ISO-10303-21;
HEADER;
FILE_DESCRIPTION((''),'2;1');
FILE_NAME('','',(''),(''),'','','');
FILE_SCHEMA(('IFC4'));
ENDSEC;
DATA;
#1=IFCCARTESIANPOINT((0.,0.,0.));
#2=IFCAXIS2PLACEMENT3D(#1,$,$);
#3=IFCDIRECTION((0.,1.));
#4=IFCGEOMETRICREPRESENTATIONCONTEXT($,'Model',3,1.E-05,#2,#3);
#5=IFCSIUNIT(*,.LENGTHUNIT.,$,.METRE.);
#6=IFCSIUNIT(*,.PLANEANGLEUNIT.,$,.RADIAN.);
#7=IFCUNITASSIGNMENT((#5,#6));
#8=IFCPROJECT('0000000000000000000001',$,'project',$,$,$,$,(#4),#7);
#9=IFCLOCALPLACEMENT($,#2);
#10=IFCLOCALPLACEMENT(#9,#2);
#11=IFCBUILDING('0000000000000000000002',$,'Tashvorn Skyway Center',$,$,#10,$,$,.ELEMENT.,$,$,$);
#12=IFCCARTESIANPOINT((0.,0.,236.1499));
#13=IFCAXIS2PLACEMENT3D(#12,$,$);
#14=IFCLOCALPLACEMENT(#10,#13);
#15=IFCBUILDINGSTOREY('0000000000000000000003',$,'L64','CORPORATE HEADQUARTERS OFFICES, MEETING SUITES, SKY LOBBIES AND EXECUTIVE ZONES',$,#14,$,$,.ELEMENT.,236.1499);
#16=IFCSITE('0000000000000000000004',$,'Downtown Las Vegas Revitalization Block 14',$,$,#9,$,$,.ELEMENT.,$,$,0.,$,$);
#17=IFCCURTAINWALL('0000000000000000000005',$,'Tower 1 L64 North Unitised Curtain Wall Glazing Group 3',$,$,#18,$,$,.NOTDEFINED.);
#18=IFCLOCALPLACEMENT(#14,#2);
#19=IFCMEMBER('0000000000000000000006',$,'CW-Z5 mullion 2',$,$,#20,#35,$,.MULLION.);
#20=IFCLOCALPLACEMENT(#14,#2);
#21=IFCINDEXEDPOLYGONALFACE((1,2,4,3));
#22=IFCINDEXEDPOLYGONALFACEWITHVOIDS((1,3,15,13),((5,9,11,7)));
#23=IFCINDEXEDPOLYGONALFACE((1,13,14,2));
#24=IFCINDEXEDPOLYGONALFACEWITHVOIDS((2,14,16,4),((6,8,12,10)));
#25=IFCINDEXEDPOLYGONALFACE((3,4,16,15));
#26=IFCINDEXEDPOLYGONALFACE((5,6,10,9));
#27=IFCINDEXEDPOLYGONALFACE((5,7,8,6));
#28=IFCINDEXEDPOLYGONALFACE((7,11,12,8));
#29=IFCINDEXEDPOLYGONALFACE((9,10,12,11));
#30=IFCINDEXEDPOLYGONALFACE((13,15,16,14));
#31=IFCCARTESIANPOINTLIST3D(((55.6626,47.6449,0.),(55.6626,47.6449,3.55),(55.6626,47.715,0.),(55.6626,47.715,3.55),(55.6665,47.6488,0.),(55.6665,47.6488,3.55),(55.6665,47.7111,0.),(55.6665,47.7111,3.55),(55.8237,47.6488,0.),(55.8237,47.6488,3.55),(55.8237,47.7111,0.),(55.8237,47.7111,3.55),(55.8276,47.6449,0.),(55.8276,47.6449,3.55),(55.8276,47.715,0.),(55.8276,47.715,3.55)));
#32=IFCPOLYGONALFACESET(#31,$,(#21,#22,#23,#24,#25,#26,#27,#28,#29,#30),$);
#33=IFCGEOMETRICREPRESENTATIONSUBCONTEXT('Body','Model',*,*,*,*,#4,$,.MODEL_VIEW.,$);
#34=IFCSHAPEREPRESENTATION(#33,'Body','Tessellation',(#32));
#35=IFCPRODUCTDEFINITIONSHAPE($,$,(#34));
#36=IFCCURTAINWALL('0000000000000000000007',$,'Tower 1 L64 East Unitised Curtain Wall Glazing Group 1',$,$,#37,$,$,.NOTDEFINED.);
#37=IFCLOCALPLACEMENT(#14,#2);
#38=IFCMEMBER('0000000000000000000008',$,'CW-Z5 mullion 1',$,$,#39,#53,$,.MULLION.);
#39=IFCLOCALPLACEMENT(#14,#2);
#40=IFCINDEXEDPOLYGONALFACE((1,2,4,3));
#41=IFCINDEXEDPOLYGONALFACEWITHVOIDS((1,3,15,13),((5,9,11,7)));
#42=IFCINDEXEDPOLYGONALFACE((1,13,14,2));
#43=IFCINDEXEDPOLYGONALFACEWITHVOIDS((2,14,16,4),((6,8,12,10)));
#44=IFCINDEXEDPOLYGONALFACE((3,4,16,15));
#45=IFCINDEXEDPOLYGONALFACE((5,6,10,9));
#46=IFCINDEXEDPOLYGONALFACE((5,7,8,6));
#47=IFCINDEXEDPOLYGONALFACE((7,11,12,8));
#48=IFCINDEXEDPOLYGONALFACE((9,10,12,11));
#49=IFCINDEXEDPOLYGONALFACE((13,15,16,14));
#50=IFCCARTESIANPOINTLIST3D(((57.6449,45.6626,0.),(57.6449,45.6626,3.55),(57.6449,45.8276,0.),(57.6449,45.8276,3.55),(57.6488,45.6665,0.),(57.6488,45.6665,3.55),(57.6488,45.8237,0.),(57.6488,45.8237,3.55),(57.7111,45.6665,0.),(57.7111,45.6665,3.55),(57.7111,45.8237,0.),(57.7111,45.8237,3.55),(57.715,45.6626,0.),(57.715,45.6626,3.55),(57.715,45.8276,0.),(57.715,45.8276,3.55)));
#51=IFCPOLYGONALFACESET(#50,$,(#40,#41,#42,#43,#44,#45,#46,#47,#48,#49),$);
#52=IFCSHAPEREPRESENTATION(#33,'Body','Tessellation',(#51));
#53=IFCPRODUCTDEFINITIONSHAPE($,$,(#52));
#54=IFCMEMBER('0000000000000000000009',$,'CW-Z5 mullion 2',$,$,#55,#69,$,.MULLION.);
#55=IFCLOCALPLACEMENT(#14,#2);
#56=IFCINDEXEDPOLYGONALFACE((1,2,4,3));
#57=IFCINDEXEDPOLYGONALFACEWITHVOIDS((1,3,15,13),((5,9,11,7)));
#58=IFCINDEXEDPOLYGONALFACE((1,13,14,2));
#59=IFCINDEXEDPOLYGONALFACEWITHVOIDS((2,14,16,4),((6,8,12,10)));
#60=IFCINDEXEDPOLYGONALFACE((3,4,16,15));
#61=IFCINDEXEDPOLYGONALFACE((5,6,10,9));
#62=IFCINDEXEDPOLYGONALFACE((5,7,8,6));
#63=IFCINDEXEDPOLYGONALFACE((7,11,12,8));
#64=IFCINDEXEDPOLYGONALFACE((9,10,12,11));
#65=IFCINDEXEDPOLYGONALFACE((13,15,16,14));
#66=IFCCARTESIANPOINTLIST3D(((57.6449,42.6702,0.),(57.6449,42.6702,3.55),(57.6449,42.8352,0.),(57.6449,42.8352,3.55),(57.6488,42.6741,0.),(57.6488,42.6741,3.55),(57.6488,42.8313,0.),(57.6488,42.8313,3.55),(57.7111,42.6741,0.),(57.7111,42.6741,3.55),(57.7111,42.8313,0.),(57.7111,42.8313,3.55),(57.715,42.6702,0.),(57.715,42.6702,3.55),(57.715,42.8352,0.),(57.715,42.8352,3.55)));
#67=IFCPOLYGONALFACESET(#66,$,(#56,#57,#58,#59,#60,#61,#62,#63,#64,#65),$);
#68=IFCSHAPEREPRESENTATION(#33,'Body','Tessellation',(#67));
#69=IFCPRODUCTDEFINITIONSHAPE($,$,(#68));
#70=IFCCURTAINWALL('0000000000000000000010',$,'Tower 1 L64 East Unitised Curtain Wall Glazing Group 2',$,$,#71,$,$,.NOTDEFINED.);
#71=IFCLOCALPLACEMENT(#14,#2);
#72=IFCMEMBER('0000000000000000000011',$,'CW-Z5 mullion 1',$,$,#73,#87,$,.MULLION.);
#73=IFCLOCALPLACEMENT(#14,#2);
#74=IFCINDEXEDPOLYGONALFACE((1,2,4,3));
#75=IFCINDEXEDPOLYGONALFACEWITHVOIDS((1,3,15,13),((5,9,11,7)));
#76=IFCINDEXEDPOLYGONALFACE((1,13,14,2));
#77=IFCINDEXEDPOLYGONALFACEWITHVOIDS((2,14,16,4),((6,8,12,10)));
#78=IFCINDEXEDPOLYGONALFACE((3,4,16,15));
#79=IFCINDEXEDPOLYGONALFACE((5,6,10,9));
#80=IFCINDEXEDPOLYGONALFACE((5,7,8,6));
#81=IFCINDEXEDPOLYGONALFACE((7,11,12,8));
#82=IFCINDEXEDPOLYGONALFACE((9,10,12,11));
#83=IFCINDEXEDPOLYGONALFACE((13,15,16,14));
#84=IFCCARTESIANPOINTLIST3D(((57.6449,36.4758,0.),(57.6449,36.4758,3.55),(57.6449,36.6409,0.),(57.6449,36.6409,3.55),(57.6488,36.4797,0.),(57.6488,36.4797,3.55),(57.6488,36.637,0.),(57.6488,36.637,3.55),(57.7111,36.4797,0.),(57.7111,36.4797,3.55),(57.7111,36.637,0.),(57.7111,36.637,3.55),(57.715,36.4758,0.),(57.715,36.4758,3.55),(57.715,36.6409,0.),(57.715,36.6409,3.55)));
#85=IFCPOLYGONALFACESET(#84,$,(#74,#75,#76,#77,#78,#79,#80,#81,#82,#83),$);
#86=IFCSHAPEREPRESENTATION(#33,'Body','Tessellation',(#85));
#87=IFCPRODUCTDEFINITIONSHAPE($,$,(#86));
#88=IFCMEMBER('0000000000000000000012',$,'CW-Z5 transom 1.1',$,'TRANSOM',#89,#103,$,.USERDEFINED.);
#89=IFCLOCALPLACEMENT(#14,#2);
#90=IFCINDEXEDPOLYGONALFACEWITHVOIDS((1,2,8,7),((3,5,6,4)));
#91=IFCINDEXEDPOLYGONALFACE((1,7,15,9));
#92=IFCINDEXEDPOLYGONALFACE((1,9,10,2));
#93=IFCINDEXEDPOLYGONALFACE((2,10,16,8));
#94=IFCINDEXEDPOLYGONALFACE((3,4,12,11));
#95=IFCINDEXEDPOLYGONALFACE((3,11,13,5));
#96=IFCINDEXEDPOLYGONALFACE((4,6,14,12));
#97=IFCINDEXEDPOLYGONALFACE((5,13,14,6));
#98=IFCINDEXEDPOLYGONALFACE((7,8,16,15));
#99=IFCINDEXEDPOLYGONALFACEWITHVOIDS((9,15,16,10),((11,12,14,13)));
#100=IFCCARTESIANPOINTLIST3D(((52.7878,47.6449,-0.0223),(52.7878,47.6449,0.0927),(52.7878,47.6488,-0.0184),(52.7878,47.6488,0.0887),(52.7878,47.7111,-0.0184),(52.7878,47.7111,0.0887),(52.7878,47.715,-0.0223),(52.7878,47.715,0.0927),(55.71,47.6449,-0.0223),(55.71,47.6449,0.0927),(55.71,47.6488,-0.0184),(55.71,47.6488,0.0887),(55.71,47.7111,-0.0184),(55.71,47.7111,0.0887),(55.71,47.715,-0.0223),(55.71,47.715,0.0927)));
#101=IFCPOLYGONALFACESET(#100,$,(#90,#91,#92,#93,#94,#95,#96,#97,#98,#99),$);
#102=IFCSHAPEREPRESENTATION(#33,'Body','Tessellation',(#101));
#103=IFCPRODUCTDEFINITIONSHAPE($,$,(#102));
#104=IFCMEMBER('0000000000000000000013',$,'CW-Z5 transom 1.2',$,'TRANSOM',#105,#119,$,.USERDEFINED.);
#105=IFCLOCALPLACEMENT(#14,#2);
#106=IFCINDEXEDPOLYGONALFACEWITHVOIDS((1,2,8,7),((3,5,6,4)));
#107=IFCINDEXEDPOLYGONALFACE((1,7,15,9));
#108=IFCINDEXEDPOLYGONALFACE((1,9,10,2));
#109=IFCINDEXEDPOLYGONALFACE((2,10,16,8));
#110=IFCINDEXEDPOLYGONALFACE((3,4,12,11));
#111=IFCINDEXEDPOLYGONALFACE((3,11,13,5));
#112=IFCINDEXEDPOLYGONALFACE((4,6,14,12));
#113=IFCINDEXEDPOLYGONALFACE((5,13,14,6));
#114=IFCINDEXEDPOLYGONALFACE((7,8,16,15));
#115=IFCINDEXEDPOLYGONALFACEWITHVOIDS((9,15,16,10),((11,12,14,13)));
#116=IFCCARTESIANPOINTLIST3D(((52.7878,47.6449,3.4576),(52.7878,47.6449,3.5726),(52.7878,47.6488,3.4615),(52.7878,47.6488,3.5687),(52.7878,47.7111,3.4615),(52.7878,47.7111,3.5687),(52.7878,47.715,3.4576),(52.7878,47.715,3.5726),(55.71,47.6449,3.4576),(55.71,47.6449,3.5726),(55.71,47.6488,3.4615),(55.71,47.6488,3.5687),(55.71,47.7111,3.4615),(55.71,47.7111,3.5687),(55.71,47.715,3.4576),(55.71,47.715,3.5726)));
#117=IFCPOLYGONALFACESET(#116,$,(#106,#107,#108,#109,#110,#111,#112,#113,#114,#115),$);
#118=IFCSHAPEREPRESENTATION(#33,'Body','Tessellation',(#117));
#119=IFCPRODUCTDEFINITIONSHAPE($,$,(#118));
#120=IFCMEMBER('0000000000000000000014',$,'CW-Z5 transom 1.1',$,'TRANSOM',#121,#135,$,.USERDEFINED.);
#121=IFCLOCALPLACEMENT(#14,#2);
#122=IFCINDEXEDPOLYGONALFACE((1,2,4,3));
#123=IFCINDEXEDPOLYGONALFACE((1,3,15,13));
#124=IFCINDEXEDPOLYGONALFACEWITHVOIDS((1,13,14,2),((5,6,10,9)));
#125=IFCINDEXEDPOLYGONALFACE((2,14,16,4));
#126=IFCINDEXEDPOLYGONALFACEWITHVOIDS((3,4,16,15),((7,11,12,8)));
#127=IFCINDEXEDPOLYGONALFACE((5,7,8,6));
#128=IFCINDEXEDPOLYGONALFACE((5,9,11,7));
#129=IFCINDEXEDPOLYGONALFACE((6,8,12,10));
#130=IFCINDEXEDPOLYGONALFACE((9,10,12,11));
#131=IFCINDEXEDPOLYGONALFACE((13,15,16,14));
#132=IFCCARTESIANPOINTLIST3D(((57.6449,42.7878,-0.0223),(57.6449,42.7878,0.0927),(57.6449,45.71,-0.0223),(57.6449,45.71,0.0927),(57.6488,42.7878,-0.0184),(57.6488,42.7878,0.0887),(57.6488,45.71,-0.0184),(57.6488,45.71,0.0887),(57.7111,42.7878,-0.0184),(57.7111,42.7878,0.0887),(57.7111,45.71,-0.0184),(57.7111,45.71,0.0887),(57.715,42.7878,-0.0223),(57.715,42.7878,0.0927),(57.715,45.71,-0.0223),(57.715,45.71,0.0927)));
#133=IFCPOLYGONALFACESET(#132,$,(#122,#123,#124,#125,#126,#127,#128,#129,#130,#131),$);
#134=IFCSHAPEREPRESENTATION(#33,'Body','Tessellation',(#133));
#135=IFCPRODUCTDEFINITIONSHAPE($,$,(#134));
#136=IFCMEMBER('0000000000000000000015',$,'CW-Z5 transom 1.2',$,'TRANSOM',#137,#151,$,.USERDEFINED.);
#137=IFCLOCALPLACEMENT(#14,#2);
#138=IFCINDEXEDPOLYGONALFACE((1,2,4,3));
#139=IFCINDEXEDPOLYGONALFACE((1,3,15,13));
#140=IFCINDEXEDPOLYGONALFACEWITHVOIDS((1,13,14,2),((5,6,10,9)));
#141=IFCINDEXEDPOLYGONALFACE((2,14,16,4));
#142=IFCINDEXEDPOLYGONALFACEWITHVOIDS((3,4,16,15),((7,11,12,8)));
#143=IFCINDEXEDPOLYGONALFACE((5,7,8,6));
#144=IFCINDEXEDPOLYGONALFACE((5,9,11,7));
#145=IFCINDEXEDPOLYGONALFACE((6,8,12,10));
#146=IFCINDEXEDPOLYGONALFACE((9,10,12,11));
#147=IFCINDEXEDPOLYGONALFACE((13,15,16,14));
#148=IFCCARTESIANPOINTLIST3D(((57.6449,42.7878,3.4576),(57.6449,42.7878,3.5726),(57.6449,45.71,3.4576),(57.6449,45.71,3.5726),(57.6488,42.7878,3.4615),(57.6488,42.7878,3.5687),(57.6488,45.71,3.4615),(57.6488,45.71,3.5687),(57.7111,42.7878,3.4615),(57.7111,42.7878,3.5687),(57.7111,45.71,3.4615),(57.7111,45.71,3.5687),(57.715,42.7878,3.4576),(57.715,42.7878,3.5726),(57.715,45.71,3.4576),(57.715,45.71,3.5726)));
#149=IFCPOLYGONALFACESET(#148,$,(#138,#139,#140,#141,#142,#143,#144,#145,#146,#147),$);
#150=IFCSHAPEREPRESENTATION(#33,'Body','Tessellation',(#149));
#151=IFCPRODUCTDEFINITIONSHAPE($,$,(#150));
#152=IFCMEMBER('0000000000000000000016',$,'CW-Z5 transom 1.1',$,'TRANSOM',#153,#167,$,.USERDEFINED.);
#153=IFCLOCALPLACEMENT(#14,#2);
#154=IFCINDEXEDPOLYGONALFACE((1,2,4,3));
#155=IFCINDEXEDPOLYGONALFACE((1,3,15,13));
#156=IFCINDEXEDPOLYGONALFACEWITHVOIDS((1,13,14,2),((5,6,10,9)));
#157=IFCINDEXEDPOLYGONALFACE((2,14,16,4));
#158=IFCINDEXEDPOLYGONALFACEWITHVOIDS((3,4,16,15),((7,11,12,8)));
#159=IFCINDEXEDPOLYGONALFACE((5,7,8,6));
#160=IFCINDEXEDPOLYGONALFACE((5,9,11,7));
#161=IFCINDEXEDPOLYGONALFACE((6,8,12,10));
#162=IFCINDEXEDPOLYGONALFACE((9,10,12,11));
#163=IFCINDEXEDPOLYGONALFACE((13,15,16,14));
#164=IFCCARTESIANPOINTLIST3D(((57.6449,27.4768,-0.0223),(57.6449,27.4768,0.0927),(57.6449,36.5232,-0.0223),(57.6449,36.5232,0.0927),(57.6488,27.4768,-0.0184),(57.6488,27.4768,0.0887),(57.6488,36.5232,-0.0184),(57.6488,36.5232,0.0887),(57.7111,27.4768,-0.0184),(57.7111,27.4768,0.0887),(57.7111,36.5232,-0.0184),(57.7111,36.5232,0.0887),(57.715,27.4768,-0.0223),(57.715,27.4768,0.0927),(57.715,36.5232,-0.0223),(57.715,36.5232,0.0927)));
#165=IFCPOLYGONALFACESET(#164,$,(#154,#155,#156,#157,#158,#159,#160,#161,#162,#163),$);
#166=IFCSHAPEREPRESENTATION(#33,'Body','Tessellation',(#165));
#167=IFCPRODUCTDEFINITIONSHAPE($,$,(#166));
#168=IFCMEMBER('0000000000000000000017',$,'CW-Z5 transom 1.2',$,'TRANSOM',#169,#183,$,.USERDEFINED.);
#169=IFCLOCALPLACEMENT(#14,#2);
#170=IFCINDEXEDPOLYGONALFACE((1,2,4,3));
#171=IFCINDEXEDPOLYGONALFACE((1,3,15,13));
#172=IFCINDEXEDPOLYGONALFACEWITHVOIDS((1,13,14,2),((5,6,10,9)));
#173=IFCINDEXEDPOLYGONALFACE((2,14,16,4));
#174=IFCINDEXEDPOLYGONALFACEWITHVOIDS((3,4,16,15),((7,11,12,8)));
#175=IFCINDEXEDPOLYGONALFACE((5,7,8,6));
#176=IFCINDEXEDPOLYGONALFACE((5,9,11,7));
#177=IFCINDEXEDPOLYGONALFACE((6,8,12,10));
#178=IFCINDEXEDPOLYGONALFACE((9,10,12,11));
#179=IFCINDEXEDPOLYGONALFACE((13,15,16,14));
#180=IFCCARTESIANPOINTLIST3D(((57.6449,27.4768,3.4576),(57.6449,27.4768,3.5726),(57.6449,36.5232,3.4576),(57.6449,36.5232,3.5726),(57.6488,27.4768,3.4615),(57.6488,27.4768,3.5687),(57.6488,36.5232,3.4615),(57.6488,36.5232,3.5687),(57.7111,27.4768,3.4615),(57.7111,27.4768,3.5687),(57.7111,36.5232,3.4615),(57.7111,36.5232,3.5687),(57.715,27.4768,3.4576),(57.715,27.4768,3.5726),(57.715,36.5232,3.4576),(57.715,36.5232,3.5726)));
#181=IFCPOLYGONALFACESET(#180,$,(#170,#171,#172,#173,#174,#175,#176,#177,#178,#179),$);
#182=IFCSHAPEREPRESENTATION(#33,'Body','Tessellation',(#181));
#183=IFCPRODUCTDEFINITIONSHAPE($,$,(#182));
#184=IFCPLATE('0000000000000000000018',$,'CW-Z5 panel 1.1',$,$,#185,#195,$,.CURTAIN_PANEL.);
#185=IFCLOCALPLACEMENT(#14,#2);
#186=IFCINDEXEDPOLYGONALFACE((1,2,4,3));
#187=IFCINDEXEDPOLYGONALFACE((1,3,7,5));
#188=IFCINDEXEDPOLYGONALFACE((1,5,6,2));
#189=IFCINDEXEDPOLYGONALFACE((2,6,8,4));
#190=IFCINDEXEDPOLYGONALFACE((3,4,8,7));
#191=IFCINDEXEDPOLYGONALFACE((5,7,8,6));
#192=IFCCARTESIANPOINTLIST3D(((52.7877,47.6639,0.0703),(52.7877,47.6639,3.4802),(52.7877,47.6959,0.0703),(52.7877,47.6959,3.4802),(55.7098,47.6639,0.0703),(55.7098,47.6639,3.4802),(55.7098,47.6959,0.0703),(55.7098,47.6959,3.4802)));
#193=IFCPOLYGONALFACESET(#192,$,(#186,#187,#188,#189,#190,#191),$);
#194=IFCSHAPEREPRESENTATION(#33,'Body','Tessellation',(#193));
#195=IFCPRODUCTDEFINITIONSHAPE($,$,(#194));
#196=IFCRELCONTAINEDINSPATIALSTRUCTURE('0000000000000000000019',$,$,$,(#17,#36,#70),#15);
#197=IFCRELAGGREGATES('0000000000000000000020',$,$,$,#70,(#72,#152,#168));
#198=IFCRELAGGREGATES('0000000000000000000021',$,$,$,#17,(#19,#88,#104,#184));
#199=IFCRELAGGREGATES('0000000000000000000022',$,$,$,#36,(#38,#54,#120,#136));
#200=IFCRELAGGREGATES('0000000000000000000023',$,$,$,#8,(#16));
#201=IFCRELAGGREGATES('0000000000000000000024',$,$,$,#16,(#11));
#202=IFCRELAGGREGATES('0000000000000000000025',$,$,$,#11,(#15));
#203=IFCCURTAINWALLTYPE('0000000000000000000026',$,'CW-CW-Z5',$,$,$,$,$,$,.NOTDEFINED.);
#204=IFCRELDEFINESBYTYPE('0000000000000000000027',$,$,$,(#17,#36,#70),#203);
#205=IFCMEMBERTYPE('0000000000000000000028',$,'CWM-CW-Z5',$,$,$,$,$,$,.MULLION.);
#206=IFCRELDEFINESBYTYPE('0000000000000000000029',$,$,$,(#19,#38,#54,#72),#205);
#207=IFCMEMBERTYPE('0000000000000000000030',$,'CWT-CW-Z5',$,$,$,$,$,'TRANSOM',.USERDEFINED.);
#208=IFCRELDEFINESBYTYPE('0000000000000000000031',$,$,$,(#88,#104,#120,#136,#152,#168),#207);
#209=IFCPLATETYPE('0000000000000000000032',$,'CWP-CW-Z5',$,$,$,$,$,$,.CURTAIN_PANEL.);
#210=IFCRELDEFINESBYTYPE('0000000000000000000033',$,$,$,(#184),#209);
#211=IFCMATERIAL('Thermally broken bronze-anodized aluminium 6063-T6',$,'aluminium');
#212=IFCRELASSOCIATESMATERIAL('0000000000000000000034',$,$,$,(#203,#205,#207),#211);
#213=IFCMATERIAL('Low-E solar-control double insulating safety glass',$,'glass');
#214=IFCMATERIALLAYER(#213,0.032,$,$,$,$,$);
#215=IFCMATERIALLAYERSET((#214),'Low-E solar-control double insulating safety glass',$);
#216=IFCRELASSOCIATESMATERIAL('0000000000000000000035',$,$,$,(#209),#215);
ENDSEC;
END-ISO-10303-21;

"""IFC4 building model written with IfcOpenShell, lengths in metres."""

from ifc_helpers import new_model, si_unit, direction, frame, origin, origin_2d, place, context, subcontext, project, spatial, rectangle, hollow_rectangle, extrude, material, layer, layer_set, material_profile, profile_set, type_object, element, aggregate, save


model = new_model("IFC4")

# Units and contexts
model_context = context("Model", 3, precision=1e-05, world=origin(), true_north=direction((0.0, 1.0)))
body_context = subcontext(model_context, "Body", "Model", "MODEL_VIEW")
ifc_project = project(units=[si_unit("LENGTHUNIT", "METRE"), si_unit("PLANEANGLEUNIT", "RADIAN")], contexts=[model_context])

# Site, building, storey
site_placement = place(None, origin())
site = spatial("IfcSite", under=ifc_project, at=site_placement, Name="Downtown Las Vegas Revitalization Block 14", CompositionType="ELEMENT", RefElevation=0.0)
building_placement = place(site_placement, origin())
building = spatial("IfcBuilding", under=site, at=building_placement, Name="Tashvorn Skyway Center", CompositionType="ELEMENT")
storey_placement = place(building_placement, frame((0.0, 0.0, 236.1499)))
storey = spatial("IfcBuildingStorey", under=building, at=storey_placement, Name="L64", Description="CORPORATE HEADQUARTERS OFFICES, MEETING SUITES, SKY LOBBIES AND EXECUTIVE ZONES", CompositionType="ELEMENT", Elevation=236.1499)

# Curtain walls, members
ifc_material_1 = material(Name="Thermally broken bronze-anodized aluminium 6063-T6", Category="aluminium")
curtain_wall_type = type_object("IfcCurtainWallType", Name="CW-CW-Z5", PredefinedType="NOTDEFINED", material=ifc_material_1)
curtain_wall_1_placement = place(storey_placement, origin())
curtain_wall_1 = element("IfcCurtainWall", 1, at=curtain_wall_1_placement, inside=storey, type_object=curtain_wall_type, Name="Tower 1 L64 North Unitised Curtain Wall Glazing Group 3", PredefinedType="NOTDEFINED")
ifc_material_profile_1 = material_profile(ifc_material_1, hollow_rectangle(XDim=0.0701, YDim=0.165, WallThickness=0.0039, at=origin_2d()), Name="ALU-MULL-70x165")
ifc_profile_set_1 = profile_set([ifc_material_profile_1], Name="Thermally broken bronze-anodized aluminium 6063-T6")
member_type_1 = type_object("IfcMemberType", Name="CWM-CW-Z5", PredefinedType="MULLION", material=ifc_profile_set_1)
member_1_placement = place(storey_placement, frame((55.7451, 47.6799, 0.0), z_axis=(0.0, 0.0, 1.0), x_axis=(0.0, 1.0, 0.0)))
member_1 = element("IfcMember", 2, at=member_1_placement, type_object=member_type_1, Name="CW-Z5 mullion 2", PredefinedType="MULLION", context=body_context, shape_type="SweptSolid", body=[
    extrude(hollow_rectangle(XDim=0.0701, YDim=0.165, WallThickness=0.0039, at=origin_2d()), origin(), (0.0, 0.0, 1.0), 3.55),
])
curtain_wall_2_placement = place(storey_placement, origin())
curtain_wall_2 = element("IfcCurtainWall", 3, at=curtain_wall_2_placement, inside=storey, type_object=curtain_wall_type, Name="Tower 1 L64 East Unitised Curtain Wall Glazing Group 1", PredefinedType="NOTDEFINED")
member_2_placement = place(storey_placement, frame((57.6799, 45.7451, 0.0), z_axis=(0.0, 0.0, 1.0), x_axis=(1.0, 0.0, 0.0)))
member_2 = element("IfcMember", 4, at=member_2_placement, type_object=member_type_1, Name="CW-Z5 mullion 1", PredefinedType="MULLION", context=body_context, shape_type="SweptSolid", body=[
    extrude(hollow_rectangle(XDim=0.0701, YDim=0.165, WallThickness=0.0039, at=origin_2d()), origin(), (0.0, 0.0, 1.0), 3.55),
])
member_3_placement = place(storey_placement, frame((57.6799, 42.7527, 0.0), z_axis=(0.0, 0.0, 1.0), x_axis=(1.0, 0.0, 0.0)))
member_3 = element("IfcMember", 5, at=member_3_placement, type_object=member_type_1, Name="CW-Z5 mullion 2", PredefinedType="MULLION", context=body_context, shape_type="SweptSolid", body=[
    extrude(hollow_rectangle(XDim=0.0701, YDim=0.165, WallThickness=0.0039, at=origin_2d()), origin(), (0.0, 0.0, 1.0), 3.55),
])

# Curtain wall, member
curtain_wall_3_placement = place(storey_placement, origin())
curtain_wall_3 = element("IfcCurtainWall", 6, at=curtain_wall_3_placement, inside=storey, type_object=curtain_wall_type, Name="Tower 1 L64 East Unitised Curtain Wall Glazing Group 2", PredefinedType="NOTDEFINED")
member_4_placement = place(storey_placement, frame((57.6799, 36.5583, 0.0), z_axis=(0.0, 0.0, 1.0), x_axis=(1.0, 0.0, 0.0)))
member_4 = element("IfcMember", 7, at=member_4_placement, type_object=member_type_1, Name="CW-Z5 mullion 1", PredefinedType="MULLION", context=body_context, shape_type="SweptSolid", body=[
    extrude(hollow_rectangle(XDim=0.0701, YDim=0.165, WallThickness=0.0039, at=origin_2d()), origin(), (0.0, 0.0, 1.0), 3.55),
])

# Members
ifc_material_profile_2 = material_profile(ifc_material_1, hollow_rectangle(XDim=0.0701, YDim=0.115, WallThickness=0.0039, at=origin_2d()), Name="ALU-TRAN-70x115")
ifc_profile_set_2 = profile_set([ifc_material_profile_2], Name="Thermally broken bronze-anodized aluminium 6063-T6")
member_type_2 = type_object("IfcMemberType", Name="CWT-CW-Z5", ElementType="TRANSOM", PredefinedType="USERDEFINED", material=ifc_profile_set_2)
member_5_placement = place(storey_placement, frame((52.7878, 47.6799, 0.0352), z_axis=(1.0, 0.0, 0.0), x_axis=(0.0, 1.0, 0.0)))
member_5 = element("IfcMember", 8, at=member_5_placement, type_object=member_type_2, Name="CW-Z5 transom 1.1", ObjectType="TRANSOM", PredefinedType="USERDEFINED", context=body_context, shape_type="SweptSolid", body=[
    extrude(hollow_rectangle(XDim=0.0701, YDim=0.115, WallThickness=0.0039, at=origin_2d()), origin(), (0.0, 0.0, 1.0), 2.9221),
])
member_6_placement = place(storey_placement, frame((52.7878, 47.6799, 3.5151), z_axis=(1.0, 0.0, 0.0), x_axis=(0.0, 1.0, 0.0)))
member_6 = element("IfcMember", 9, at=member_6_placement, type_object=member_type_2, Name="CW-Z5 transom 1.2", ObjectType="TRANSOM", PredefinedType="USERDEFINED", context=body_context, shape_type="SweptSolid", body=[
    extrude(hollow_rectangle(XDim=0.0701, YDim=0.115, WallThickness=0.0039, at=origin_2d()), origin(), (0.0, 0.0, 1.0), 2.9221),
])
member_7_placement = place(storey_placement, frame((57.6799, 45.71, 0.0352), z_axis=(0.0, -1.0, 0.0), x_axis=(1.0, 0.0, 0.0)))
member_7 = element("IfcMember", 10, at=member_7_placement, type_object=member_type_2, Name="CW-Z5 transom 1.1", ObjectType="TRANSOM", PredefinedType="USERDEFINED", context=body_context, shape_type="SweptSolid", body=[
    extrude(hollow_rectangle(XDim=0.0701, YDim=0.115, WallThickness=0.0039, at=origin_2d()), origin(), (0.0, 0.0, 1.0), 2.9221),
])
member_8_placement = place(storey_placement, frame((57.6799, 45.71, 3.5151), z_axis=(0.0, -1.0, 0.0), x_axis=(1.0, 0.0, 0.0)))
member_8 = element("IfcMember", 11, at=member_8_placement, type_object=member_type_2, Name="CW-Z5 transom 1.2", ObjectType="TRANSOM", PredefinedType="USERDEFINED", context=body_context, shape_type="SweptSolid", body=[
    extrude(hollow_rectangle(XDim=0.0701, YDim=0.115, WallThickness=0.0039, at=origin_2d()), origin(), (0.0, 0.0, 1.0), 2.9221),
])
member_9_placement = place(storey_placement, frame((57.6799, 36.5232, 0.0352), z_axis=(0.0, -1.0, 0.0), x_axis=(1.0, 0.0, 0.0)))
member_9 = element("IfcMember", 12, at=member_9_placement, type_object=member_type_2, Name="CW-Z5 transom 1.1", ObjectType="TRANSOM", PredefinedType="USERDEFINED", context=body_context, shape_type="SweptSolid", body=[
    extrude(hollow_rectangle(XDim=0.0701, YDim=0.115, WallThickness=0.0039, at=origin_2d()), origin(), (0.0, 0.0, 1.0), 9.0464),
])
member_10_placement = place(storey_placement, frame((57.6799, 36.5232, 3.5151), z_axis=(0.0, -1.0, 0.0), x_axis=(1.0, 0.0, 0.0)))
member_10 = element("IfcMember", 13, at=member_10_placement, type_object=member_type_2, Name="CW-Z5 transom 1.2", ObjectType="TRANSOM", PredefinedType="USERDEFINED", context=body_context, shape_type="SweptSolid", body=[
    extrude(hollow_rectangle(XDim=0.0701, YDim=0.115, WallThickness=0.0039, at=origin_2d()), origin(), (0.0, 0.0, 1.0), 9.0464),
])
aggregate(curtain_wall_3, [member_4, member_9, member_10])

# Plate
ifc_material_2 = material(Name="Low-E solar-control double insulating safety glass", Category="glass")
ifc_layer_1 = layer(ifc_material_2, 0.032)
ifc_layer_set_1 = layer_set([ifc_layer_1], Name="Low-E solar-control double insulating safety glass")
plate_type = type_object("IfcPlateType", Name="CWP-CW-Z5", PredefinedType="CURTAIN_PANEL", material=ifc_layer_set_1)
plate_1_placement = place(storey_placement, frame((54.2488, 47.6799, 0.0703), z_axis=(0.0, 0.0, 1.0), x_axis=(1.0, 0.0, 0.0)))
plate_1 = element("IfcPlate", 14, at=plate_1_placement, type_object=plate_type, Name="CW-Z5 panel 1.1", PredefinedType="CURTAIN_PANEL", context=body_context, shape_type="SweptSolid", body=[
    extrude(rectangle(XDim=2.9221, YDim=0.032, at=origin_2d()), origin(), (0.0, 0.0, 1.0), 3.4099),
])
aggregate(curtain_wall_1, [member_1, member_5, member_6, plate_1])
aggregate(curtain_wall_2, [member_2, member_3, member_7, member_8])

save(model, "model.ifc")
